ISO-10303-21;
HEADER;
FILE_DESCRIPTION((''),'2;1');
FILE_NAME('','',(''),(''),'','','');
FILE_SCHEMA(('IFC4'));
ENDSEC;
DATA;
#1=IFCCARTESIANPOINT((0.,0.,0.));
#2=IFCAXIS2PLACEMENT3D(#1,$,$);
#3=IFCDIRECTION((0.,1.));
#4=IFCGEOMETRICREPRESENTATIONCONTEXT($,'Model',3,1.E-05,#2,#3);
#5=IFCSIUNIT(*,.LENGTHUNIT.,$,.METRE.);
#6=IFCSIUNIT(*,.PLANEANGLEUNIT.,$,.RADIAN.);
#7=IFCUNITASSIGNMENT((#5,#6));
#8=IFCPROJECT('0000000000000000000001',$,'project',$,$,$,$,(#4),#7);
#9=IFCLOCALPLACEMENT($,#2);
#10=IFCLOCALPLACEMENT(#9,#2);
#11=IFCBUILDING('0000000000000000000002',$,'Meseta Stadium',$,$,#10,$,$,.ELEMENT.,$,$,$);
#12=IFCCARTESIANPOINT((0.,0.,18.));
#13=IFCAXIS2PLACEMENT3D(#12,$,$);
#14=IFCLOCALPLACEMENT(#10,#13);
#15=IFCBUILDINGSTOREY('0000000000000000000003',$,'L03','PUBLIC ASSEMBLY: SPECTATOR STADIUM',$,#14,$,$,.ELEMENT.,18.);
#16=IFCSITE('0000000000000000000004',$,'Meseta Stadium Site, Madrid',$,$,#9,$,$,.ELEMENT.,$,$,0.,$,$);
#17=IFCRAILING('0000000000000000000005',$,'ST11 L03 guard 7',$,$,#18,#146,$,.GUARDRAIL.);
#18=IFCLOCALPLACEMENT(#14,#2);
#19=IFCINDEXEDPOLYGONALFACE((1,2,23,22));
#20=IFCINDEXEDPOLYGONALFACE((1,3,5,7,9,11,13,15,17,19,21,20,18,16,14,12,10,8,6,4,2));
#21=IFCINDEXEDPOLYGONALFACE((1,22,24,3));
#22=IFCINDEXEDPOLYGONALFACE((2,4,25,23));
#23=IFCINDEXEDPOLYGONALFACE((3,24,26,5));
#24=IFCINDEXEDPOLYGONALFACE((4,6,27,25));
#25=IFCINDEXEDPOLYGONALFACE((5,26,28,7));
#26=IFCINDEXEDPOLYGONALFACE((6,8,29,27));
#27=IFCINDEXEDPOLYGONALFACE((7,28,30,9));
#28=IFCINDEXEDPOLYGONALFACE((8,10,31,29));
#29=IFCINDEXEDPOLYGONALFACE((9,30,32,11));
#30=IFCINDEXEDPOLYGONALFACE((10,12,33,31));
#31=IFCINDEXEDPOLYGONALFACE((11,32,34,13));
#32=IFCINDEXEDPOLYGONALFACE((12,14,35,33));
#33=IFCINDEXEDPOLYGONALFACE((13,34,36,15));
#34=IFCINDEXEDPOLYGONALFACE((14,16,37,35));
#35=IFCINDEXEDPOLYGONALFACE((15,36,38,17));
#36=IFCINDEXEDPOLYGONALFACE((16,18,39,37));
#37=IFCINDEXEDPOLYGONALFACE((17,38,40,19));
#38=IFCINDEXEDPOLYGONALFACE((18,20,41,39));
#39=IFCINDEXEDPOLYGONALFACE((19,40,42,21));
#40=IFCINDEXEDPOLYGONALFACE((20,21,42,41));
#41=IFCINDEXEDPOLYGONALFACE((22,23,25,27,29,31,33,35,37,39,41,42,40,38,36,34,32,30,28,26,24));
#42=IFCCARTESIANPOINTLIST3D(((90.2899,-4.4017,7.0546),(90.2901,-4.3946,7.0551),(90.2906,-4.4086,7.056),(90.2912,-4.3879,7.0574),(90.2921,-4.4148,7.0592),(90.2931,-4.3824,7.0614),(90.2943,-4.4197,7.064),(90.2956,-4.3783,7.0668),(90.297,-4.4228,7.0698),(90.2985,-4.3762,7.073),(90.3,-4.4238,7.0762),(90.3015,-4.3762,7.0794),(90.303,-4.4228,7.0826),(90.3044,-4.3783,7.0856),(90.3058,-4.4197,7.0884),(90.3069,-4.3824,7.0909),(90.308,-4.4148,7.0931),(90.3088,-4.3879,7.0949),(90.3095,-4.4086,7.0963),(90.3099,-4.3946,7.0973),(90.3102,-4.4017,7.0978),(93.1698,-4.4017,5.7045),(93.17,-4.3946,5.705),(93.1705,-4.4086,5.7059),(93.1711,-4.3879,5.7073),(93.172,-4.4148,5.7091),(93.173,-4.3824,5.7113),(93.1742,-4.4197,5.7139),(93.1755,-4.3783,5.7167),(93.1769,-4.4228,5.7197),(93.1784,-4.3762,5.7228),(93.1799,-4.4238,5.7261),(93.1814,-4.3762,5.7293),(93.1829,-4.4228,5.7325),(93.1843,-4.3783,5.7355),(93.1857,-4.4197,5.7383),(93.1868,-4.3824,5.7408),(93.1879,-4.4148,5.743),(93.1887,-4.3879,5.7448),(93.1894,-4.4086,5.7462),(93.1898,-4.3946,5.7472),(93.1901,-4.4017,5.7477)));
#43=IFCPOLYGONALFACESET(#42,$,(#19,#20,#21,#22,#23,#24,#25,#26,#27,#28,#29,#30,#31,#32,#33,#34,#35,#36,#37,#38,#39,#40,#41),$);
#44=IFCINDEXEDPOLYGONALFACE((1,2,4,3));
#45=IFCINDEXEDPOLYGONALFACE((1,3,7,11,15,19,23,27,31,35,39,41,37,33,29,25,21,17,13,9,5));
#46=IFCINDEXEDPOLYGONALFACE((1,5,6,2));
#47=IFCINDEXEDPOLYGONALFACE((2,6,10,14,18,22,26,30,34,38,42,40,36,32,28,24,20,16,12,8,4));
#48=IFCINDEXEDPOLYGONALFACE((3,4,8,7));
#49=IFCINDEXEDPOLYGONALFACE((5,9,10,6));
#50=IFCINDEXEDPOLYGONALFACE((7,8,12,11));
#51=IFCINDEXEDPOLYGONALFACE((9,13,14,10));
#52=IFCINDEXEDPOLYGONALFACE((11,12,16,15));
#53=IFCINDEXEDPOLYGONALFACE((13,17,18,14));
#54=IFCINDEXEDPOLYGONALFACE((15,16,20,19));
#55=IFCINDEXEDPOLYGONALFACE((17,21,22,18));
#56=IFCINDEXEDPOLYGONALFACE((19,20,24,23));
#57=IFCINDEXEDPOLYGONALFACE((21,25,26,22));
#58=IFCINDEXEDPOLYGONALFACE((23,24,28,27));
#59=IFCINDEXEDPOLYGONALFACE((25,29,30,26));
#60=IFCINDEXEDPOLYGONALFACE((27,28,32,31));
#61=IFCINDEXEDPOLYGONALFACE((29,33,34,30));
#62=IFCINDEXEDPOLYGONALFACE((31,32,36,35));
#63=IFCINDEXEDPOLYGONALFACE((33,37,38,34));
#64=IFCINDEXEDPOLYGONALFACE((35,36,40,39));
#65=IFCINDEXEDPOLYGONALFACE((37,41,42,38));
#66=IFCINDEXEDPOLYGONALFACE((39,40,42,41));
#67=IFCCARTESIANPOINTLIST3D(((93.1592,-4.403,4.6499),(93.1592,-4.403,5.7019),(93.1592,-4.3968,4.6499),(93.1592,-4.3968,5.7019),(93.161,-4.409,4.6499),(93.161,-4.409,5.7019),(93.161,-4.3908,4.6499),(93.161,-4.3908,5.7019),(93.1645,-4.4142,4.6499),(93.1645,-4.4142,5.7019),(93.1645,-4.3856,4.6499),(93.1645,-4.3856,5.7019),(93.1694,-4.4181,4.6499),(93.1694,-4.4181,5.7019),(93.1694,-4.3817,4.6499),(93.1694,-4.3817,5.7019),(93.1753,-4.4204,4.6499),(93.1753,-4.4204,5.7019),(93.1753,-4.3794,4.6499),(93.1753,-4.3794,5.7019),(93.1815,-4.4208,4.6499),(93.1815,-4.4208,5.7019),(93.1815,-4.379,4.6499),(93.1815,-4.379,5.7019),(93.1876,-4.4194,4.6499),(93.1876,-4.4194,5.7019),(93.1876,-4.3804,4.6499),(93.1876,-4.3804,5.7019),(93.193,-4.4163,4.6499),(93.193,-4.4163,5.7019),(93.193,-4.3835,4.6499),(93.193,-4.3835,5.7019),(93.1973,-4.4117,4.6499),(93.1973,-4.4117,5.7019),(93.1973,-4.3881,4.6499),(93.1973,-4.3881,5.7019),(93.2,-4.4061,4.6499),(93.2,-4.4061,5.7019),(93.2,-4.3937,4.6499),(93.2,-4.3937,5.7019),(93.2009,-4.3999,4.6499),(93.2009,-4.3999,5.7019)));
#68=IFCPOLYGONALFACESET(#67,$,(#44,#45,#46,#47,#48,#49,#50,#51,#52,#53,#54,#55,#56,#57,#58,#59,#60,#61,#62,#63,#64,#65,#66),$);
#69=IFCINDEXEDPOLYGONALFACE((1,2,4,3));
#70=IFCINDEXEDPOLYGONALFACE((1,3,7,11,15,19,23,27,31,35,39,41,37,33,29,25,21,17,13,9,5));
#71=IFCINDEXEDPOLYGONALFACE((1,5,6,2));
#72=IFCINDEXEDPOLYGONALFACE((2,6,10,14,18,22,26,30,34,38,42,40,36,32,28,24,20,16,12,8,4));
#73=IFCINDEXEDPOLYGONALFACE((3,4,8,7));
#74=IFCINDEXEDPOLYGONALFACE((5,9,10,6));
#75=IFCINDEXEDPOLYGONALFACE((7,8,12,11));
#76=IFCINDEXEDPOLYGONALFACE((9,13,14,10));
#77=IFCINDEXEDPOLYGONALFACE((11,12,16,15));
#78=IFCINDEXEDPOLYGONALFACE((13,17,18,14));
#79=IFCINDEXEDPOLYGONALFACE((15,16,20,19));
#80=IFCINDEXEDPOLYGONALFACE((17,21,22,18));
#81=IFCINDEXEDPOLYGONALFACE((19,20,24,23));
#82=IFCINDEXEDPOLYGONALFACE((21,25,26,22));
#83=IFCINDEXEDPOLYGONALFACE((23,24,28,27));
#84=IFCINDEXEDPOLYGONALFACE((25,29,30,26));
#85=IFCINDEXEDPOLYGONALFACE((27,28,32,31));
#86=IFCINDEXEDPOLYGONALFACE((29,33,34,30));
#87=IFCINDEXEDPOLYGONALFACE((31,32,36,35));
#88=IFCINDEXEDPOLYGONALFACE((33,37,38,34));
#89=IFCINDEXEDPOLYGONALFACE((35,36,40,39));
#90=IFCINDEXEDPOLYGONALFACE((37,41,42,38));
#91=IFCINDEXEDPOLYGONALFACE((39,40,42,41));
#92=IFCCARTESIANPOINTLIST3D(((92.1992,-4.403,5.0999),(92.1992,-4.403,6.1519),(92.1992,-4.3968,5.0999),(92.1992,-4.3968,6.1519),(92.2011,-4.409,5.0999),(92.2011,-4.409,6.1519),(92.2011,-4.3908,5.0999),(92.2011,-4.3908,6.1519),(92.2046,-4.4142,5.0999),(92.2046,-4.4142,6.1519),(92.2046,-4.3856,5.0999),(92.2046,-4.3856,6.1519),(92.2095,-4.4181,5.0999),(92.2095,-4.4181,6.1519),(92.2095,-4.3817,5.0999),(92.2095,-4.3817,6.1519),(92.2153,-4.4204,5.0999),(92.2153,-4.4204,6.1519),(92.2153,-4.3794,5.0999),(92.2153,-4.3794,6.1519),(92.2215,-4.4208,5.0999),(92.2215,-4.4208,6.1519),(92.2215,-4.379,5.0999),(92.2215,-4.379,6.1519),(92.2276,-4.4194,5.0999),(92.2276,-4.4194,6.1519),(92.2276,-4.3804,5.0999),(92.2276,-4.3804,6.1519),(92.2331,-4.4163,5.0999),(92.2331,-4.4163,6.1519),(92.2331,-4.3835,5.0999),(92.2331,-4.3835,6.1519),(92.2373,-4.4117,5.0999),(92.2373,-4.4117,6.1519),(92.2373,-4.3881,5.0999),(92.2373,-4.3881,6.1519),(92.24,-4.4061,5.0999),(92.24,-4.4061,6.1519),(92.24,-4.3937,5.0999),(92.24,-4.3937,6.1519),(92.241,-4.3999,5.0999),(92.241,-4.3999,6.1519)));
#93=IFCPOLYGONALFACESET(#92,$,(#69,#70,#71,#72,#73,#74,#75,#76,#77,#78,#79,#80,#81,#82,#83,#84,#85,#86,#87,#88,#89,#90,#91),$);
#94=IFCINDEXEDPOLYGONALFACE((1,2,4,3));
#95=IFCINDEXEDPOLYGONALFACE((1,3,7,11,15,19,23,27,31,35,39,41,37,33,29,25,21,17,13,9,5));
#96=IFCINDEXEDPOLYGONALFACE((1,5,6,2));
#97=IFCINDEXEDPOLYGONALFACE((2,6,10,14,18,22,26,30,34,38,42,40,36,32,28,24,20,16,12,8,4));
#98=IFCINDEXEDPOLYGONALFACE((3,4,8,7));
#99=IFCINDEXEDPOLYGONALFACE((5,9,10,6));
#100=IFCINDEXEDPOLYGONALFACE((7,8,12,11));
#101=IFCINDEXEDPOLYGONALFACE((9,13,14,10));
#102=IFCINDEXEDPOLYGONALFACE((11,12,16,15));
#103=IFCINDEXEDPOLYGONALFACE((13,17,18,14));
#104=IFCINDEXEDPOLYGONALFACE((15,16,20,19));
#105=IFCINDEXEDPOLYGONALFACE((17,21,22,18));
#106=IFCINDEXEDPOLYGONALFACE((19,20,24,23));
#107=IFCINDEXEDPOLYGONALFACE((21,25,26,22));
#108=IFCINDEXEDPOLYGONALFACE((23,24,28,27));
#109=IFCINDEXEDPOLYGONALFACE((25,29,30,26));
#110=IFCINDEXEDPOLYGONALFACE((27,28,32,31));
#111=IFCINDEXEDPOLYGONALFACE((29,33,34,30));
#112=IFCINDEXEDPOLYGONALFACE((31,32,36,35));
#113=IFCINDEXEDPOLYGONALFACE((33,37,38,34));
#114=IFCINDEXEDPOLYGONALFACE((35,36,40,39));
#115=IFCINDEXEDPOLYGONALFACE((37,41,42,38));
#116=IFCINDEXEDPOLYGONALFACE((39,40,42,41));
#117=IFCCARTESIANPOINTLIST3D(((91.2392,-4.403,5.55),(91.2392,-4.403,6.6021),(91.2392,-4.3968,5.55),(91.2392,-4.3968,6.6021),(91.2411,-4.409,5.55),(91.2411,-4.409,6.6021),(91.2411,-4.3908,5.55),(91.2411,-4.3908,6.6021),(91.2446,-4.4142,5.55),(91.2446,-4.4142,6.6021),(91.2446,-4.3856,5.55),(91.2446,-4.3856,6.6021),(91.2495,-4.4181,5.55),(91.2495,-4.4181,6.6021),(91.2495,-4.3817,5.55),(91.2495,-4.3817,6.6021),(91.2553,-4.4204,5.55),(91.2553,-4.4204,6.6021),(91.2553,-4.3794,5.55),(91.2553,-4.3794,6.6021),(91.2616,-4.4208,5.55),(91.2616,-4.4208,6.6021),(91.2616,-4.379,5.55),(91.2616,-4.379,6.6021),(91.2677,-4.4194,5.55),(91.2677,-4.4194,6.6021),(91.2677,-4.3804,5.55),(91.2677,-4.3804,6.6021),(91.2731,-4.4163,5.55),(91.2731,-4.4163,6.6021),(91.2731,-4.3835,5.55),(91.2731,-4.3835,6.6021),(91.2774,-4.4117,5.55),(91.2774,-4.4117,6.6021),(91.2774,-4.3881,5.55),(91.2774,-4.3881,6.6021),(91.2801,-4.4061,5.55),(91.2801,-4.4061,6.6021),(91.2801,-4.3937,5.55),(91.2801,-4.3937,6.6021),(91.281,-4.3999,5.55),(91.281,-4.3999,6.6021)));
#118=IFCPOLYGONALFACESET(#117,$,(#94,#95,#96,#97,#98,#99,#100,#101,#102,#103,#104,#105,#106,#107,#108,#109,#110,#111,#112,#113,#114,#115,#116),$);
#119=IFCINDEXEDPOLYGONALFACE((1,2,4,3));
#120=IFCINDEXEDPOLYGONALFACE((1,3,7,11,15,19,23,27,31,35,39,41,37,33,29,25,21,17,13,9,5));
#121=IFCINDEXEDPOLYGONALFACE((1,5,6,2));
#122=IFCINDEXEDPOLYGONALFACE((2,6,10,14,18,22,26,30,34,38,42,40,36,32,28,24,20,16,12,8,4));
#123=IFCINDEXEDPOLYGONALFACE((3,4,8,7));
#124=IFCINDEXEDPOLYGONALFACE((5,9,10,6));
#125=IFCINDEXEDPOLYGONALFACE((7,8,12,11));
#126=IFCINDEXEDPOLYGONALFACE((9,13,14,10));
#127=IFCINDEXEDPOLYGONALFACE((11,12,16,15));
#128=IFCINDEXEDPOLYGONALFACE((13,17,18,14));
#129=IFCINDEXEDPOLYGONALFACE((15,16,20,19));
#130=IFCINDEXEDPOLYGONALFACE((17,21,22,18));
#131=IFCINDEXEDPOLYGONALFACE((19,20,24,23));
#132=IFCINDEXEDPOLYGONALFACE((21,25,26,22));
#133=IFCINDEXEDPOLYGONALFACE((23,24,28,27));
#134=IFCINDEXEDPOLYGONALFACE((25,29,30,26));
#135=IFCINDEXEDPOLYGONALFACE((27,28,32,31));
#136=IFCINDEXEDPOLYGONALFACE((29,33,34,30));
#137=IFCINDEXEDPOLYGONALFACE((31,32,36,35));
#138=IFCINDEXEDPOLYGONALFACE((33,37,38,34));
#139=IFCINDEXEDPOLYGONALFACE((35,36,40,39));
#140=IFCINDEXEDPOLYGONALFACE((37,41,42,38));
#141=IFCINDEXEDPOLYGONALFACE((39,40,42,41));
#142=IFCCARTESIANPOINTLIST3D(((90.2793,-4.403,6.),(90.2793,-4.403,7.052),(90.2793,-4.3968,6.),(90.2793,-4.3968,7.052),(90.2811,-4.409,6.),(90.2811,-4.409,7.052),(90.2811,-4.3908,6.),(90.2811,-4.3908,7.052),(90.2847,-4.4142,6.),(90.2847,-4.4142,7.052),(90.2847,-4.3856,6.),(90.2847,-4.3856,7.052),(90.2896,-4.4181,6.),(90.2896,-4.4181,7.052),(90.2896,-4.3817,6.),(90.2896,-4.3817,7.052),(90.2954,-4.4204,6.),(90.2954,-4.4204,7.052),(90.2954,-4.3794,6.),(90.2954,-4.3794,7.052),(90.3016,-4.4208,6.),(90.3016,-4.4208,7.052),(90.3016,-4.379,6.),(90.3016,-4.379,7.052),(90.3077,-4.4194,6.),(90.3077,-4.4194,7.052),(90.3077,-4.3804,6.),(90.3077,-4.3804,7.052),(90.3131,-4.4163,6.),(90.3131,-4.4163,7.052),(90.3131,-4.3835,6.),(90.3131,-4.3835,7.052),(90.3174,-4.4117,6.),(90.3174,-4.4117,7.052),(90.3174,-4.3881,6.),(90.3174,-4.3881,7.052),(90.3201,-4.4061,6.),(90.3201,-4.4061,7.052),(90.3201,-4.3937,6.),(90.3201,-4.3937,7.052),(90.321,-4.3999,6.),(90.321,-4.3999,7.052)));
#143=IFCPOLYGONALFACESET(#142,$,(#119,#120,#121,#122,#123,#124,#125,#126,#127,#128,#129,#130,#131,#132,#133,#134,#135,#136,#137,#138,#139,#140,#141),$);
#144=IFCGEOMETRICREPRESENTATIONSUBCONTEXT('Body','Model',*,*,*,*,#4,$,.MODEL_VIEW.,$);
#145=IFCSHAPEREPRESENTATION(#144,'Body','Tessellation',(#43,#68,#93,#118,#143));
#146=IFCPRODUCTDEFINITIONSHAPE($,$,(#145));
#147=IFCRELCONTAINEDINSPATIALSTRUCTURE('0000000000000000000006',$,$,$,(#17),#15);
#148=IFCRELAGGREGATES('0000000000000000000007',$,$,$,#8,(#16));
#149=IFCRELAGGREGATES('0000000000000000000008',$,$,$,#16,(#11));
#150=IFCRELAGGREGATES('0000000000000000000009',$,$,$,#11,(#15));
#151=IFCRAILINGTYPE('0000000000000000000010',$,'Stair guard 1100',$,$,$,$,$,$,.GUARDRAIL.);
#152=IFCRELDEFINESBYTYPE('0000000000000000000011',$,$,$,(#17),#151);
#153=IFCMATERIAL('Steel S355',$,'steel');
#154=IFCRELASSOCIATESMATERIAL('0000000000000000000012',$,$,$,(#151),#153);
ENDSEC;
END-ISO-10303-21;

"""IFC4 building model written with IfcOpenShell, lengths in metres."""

from ifc_helpers import new_model, si_unit, direction, frame, origin, origin_2d, place, context, subcontext, project, spatial, circle, extrude, material, type_object, element, save


model = new_model("IFC4")

# Units and contexts
model_context = context("Model", 3, precision=1e-05, world=origin(), true_north=direction((0.0, 1.0)))
body_context = subcontext(model_context, "Body", "Model", "MODEL_VIEW")
ifc_project = project(units=[si_unit("LENGTHUNIT", "METRE"), si_unit("PLANEANGLEUNIT", "RADIAN")], contexts=[model_context])

# Site, building, storey
site_placement = place(None, origin())
site = spatial("IfcSite", under=ifc_project, at=site_placement, Name="Meseta Stadium Site, Madrid", CompositionType="ELEMENT", RefElevation=0.0)
building_placement = place(site_placement, origin())
building = spatial("IfcBuilding", under=site, at=building_placement, Name="Meseta Stadium", CompositionType="ELEMENT")
storey_placement = place(building_placement, frame((0.0, 0.0, 18.0)))
storey = spatial("IfcBuildingStorey", under=building, at=storey_placement, Name="L03", Description="PUBLIC ASSEMBLY: SPECTATOR STADIUM", CompositionType="ELEMENT", Elevation=18.0)

# Railing
ifc_material_1 = material(Name="Steel S355", Category="steel")
railing_type_1 = type_object("IfcRailingType", Name="Stair guard 1100", PredefinedType="GUARDRAIL", material=ifc_material_1)
railing_1_placement = place(storey_placement, frame((93.1799, -4.3999, 4.6499)))
element("IfcRailing", 1, at=railing_1_placement, inside=storey, type_object=railing_type_1, Name="ST11 L03 guard 7", PredefinedType="GUARDRAIL", context=body_context, shape_type="SweptSolid", body=[
    extrude(circle(Radius=0.0239, at=origin_2d()), frame((0.0, 0.0, 1.0762), z_axis=(-0.90544, 0.0, 0.424473), x_axis=(0.0, -1.0, 0.0)), (0.0, 0.0, 1.0), 3.1807),
    extrude(circle(Radius=0.021, at=origin_2d()), origin(), (0.0, 0.0, 1.0), 1.052),
    extrude(circle(Radius=0.021, at=origin_2d()), frame((-0.96, 0.0, 0.45)), (0.0, 0.0, 1.0), 1.052),
    extrude(circle(Radius=0.021, at=origin_2d()), frame((-1.9199, 0.0, 0.9001)), (0.0, 0.0, 1.0), 1.052),
    extrude(circle(Radius=0.021, at=origin_2d()), frame((-2.8799, 0.0, 1.3501)), (0.0, 0.0, 1.0), 1.052),
])

save(model, "model.ifc")
